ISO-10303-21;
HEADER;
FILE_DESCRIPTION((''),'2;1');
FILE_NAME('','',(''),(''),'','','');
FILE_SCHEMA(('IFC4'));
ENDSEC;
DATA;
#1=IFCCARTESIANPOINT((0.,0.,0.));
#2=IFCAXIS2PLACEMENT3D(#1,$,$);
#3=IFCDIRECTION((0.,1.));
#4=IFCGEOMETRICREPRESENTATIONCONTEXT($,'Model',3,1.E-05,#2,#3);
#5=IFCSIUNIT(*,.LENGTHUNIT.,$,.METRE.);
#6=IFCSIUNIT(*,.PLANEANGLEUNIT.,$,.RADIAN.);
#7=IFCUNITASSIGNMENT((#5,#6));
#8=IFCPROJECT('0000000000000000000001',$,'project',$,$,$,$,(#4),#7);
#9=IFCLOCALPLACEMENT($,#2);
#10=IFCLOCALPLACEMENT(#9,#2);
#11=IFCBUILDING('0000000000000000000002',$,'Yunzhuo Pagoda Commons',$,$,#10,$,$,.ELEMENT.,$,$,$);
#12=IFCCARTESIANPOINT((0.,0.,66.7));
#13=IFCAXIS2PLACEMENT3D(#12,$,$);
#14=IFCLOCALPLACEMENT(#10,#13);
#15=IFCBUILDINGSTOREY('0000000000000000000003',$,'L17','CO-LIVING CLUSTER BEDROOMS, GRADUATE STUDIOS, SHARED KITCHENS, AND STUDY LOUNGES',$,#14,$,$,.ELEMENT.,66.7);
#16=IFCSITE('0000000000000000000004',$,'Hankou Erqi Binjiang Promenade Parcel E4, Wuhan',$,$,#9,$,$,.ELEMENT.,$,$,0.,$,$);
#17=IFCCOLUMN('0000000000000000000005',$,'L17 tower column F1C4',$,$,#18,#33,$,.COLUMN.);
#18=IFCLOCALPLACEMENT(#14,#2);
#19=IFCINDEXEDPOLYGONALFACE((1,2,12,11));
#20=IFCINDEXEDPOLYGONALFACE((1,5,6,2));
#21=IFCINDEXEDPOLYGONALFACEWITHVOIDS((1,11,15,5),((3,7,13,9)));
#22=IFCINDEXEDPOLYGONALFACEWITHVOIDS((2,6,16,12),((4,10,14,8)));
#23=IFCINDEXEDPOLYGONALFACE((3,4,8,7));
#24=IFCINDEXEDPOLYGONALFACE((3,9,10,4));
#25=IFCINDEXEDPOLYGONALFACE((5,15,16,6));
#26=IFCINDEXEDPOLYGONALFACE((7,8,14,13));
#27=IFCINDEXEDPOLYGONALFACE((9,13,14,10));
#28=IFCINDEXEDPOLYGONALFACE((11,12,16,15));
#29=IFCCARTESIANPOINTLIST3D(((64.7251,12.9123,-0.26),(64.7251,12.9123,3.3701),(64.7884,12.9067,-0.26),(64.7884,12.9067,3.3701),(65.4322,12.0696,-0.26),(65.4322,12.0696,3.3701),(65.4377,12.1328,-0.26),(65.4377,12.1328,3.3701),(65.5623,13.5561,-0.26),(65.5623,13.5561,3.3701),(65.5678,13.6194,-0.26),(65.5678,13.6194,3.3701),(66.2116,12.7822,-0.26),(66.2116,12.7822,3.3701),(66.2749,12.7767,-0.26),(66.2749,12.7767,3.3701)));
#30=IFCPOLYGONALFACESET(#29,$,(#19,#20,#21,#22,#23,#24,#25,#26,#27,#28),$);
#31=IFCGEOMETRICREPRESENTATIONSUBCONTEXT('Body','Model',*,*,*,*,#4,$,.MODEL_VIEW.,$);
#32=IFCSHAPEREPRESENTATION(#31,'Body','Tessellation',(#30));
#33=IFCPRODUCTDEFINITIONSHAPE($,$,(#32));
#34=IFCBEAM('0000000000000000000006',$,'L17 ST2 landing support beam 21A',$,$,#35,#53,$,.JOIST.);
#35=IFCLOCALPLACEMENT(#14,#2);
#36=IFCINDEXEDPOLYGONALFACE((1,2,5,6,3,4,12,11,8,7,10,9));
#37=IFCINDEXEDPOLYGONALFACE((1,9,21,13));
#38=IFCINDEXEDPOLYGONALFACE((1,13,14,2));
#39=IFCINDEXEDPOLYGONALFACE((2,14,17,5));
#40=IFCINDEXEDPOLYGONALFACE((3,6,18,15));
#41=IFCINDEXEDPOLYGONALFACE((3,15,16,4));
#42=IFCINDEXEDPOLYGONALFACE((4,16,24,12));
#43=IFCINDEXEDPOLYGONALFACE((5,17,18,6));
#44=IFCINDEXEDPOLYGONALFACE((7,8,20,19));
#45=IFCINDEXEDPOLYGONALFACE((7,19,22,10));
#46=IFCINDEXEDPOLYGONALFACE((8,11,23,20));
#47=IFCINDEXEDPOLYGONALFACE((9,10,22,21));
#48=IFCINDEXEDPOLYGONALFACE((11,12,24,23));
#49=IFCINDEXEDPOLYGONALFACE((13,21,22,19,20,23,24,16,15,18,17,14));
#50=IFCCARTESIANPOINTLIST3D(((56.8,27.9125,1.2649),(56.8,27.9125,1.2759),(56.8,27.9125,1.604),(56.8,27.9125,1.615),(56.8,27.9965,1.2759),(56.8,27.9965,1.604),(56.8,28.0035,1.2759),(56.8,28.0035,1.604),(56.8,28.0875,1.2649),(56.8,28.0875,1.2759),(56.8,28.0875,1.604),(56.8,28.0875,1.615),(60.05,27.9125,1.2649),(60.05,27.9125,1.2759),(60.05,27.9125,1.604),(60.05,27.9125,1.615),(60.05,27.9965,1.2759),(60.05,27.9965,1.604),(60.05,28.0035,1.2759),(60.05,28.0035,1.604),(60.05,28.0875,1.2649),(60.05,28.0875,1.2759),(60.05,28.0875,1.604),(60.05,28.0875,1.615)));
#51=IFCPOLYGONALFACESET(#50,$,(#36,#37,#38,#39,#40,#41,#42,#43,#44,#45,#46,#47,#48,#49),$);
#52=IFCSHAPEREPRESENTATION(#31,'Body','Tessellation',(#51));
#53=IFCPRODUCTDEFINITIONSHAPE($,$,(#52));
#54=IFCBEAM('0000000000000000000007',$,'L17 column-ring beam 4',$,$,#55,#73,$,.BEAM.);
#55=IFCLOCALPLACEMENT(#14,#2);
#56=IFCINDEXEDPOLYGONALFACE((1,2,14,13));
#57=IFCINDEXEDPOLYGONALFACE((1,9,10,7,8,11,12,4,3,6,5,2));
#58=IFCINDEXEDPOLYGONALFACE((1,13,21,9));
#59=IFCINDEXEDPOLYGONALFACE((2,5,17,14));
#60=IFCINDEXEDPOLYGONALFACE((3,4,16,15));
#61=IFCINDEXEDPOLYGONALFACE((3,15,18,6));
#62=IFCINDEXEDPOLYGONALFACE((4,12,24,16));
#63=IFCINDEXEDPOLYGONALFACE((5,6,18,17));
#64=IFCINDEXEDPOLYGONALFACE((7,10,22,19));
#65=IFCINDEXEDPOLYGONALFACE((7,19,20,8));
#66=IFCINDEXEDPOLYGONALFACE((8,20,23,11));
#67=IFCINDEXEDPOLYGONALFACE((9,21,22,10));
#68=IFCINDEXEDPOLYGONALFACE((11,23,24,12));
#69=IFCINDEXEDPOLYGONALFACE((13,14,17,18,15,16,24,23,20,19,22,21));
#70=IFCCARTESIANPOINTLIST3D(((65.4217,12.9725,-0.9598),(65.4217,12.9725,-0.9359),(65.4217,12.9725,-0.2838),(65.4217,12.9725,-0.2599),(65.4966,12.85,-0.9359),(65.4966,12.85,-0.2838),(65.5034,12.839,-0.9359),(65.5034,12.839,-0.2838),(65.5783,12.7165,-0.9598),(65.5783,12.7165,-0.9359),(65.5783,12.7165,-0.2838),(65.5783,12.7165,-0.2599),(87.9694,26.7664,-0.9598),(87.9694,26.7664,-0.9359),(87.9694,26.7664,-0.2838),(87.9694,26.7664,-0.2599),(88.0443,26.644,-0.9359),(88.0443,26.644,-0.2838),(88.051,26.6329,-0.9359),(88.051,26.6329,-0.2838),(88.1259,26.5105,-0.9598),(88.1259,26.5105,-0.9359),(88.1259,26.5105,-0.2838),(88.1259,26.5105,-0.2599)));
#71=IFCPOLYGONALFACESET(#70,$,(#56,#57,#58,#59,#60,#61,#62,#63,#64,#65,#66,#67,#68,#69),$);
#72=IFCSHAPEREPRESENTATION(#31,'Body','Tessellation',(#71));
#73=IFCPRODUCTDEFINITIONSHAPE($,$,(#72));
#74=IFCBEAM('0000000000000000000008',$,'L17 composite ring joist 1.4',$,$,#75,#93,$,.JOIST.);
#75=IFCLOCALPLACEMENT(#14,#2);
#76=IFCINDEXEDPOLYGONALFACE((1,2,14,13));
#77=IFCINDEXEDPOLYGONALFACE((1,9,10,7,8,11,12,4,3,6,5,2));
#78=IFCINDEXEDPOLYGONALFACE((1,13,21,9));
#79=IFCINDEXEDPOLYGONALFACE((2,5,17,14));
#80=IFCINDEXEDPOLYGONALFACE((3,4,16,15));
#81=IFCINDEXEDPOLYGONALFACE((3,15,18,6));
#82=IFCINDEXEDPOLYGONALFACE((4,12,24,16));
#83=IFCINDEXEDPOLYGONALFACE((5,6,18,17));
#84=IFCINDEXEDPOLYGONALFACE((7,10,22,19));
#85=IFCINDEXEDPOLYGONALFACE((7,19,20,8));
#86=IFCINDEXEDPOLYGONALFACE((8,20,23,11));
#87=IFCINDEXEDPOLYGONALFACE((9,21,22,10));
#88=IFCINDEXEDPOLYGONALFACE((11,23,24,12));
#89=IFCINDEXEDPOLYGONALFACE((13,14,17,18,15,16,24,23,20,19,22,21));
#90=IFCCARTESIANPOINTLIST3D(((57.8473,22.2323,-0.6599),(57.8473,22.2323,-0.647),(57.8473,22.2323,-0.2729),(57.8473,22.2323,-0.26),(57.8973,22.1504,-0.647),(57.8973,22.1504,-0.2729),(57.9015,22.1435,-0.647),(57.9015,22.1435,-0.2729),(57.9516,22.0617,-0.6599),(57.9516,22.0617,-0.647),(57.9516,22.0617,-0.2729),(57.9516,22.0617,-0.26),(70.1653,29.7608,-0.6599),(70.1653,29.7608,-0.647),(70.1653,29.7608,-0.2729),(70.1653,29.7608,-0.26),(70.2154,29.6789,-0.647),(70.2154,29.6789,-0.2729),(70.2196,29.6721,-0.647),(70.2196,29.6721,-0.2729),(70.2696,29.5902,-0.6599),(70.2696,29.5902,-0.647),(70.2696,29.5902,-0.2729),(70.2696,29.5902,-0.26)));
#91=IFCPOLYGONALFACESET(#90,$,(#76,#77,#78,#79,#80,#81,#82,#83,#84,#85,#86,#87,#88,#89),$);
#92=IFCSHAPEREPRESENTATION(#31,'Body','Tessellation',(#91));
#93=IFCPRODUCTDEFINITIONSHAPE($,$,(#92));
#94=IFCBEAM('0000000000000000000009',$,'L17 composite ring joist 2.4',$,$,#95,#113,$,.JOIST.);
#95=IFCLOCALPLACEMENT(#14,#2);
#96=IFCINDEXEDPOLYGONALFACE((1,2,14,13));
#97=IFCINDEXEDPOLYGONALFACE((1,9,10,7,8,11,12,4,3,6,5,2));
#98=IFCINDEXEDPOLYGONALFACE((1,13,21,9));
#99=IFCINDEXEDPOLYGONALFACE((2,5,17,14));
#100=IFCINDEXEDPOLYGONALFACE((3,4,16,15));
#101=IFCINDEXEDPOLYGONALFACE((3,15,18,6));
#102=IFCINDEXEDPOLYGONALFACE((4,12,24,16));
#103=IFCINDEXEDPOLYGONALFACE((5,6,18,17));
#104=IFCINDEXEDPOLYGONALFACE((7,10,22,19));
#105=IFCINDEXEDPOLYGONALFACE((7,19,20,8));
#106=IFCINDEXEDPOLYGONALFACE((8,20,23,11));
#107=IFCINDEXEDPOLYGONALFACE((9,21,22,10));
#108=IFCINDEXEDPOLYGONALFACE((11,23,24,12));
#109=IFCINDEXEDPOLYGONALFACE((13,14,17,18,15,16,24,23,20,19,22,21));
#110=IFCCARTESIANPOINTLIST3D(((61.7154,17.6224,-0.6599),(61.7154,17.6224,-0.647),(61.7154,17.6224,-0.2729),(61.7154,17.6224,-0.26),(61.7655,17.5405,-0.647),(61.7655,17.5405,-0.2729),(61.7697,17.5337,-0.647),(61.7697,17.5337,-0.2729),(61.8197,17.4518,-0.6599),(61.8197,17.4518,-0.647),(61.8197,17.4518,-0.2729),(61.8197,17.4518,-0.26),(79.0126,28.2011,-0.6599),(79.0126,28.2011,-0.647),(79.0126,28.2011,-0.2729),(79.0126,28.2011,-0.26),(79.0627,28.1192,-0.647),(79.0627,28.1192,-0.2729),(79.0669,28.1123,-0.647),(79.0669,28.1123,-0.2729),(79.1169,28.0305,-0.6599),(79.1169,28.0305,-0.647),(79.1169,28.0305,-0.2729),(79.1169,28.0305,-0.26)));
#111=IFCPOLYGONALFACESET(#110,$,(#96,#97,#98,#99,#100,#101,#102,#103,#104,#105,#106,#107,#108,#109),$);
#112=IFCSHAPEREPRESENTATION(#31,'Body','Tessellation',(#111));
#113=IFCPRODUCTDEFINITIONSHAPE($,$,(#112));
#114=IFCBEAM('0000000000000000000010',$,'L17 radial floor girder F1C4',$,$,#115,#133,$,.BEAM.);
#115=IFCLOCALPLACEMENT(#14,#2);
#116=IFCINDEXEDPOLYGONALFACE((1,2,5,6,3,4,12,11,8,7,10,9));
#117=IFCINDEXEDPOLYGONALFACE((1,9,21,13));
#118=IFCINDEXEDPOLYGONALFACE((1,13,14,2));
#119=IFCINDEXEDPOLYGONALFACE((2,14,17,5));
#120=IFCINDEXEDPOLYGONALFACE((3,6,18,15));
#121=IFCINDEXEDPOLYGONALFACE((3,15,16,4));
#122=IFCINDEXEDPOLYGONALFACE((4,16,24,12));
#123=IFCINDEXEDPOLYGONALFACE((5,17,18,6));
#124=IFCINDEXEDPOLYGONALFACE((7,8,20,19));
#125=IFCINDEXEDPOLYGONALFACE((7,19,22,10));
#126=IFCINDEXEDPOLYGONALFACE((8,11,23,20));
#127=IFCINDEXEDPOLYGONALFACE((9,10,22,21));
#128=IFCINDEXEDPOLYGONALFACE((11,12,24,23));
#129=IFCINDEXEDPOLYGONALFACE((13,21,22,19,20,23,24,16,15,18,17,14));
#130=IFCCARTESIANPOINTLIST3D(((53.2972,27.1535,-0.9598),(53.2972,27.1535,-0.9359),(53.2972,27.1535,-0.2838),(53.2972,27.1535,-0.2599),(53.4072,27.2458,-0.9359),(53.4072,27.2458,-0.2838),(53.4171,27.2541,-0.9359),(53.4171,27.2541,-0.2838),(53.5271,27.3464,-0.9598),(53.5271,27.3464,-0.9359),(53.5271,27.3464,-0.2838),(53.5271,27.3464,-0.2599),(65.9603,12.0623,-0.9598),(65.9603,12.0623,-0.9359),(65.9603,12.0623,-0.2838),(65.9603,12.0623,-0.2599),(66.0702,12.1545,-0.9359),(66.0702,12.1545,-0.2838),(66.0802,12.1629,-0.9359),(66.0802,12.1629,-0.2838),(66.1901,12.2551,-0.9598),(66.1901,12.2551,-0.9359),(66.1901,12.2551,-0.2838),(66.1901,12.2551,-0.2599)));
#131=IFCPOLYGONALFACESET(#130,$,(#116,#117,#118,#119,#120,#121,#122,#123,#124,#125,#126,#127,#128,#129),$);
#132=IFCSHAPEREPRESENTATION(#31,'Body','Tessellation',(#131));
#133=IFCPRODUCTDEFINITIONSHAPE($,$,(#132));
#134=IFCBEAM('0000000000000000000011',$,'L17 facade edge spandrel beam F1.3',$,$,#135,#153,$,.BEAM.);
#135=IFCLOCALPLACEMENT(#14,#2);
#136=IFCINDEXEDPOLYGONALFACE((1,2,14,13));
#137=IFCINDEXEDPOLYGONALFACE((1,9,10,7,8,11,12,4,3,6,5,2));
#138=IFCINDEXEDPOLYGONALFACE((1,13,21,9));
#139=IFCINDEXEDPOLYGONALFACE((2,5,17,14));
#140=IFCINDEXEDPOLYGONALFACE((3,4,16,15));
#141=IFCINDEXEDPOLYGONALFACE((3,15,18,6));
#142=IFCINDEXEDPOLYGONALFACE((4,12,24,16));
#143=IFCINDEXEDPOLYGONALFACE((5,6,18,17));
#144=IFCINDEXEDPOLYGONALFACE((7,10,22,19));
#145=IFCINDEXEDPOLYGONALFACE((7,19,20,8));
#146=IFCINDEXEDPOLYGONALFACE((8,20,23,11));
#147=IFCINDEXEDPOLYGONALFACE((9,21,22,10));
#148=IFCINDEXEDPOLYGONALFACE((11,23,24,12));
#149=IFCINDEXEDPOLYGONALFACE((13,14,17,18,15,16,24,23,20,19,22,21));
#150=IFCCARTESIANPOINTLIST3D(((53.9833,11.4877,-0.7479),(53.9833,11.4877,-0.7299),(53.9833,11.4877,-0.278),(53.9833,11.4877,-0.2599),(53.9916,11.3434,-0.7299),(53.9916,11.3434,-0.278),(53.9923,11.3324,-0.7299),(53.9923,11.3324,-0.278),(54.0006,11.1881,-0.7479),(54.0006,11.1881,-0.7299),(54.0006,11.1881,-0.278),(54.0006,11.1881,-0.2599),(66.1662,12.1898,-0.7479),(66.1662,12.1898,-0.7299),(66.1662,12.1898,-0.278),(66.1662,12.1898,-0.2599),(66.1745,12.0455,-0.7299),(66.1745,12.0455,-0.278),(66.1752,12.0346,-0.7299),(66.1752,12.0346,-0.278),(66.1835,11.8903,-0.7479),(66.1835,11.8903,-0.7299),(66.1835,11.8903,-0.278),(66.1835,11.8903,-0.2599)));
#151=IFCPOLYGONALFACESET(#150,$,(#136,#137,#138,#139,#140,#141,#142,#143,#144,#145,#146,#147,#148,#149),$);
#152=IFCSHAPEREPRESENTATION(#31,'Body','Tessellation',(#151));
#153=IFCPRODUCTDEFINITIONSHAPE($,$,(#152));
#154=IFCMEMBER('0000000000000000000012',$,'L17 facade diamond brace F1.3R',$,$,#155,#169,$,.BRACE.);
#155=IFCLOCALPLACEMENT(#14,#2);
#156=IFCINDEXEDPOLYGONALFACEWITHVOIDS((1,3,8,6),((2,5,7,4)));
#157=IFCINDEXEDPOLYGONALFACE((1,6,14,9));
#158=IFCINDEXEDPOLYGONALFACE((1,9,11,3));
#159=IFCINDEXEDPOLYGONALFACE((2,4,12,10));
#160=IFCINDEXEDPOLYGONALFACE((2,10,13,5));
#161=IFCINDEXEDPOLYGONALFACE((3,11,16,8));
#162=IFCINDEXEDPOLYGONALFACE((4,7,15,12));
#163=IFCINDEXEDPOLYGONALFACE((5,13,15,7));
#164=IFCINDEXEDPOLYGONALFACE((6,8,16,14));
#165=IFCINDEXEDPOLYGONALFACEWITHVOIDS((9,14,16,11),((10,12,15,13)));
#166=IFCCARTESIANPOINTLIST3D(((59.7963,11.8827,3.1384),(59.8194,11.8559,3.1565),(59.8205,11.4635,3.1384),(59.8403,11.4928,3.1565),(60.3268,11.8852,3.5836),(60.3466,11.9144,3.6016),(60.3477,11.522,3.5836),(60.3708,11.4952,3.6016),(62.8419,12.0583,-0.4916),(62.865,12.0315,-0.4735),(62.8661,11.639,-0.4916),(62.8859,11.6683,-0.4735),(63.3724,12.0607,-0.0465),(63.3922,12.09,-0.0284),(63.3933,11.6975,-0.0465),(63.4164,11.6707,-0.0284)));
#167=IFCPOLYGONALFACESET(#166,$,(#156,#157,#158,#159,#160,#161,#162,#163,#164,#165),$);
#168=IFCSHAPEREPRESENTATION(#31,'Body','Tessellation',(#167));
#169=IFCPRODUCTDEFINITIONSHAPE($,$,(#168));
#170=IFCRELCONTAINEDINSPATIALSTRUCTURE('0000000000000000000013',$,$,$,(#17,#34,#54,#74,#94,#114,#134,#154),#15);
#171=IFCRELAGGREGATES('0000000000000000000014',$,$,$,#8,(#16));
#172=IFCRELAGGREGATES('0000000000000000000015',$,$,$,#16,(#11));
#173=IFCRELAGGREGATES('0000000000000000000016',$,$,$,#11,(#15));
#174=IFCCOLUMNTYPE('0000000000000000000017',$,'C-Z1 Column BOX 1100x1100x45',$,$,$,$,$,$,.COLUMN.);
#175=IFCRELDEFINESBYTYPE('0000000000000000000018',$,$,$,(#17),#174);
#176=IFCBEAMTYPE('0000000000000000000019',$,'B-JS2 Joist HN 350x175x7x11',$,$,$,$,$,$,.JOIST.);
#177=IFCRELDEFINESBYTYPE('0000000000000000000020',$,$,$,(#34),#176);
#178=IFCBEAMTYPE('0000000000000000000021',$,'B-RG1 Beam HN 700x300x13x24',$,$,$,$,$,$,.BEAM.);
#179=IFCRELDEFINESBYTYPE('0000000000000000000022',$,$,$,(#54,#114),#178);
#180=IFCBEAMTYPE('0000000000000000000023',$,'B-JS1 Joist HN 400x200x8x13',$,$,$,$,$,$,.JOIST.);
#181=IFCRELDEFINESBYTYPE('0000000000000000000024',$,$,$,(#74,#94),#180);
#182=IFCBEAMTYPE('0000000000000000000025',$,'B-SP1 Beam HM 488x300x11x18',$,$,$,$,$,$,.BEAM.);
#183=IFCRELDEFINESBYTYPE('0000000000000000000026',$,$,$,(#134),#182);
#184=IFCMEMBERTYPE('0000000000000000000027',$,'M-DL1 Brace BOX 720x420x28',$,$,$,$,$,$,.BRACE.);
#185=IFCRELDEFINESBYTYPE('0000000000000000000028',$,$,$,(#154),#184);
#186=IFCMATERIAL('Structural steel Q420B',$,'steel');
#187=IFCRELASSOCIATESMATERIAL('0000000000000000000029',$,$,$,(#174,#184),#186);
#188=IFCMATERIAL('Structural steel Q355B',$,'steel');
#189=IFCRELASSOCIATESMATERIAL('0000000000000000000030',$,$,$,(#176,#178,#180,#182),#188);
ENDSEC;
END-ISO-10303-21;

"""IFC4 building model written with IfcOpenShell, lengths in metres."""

from ifc_helpers import new_model, si_unit, direction, frame, origin, origin_2d, place, context, subcontext, project, spatial, hollow_rectangle, i_section, extrude, source, transform, mapped, material, material_profile, profile_set, type_object, element, save


model = new_model("IFC4")

# Units and contexts
model_context = context("Model", 3, precision=1e-05, world=origin(), true_north=direction((0.0, 1.0)))
body_context = subcontext(model_context, "Body", "Model", "MODEL_VIEW")
ifc_project = project(units=[si_unit("LENGTHUNIT", "METRE"), si_unit("PLANEANGLEUNIT", "RADIAN")], contexts=[model_context])

# Site, building, storey
site_placement = place(None, origin())
site = spatial("IfcSite", under=ifc_project, at=site_placement, Name="Hankou Erqi Binjiang Promenade Parcel E4, Wuhan", CompositionType="ELEMENT", RefElevation=0.0)
building_placement = place(site_placement, origin())
building = spatial("IfcBuilding", under=site, at=building_placement, Name="Yunzhuo Pagoda Commons", CompositionType="ELEMENT")
storey_placement = place(building_placement, frame((0.0, 0.0, 66.7)))
storey = spatial("IfcBuildingStorey", under=building, at=storey_placement, Name="L17", Description="CO-LIVING CLUSTER BEDROOMS, GRADUATE STUDIOS, SHARED KITCHENS, AND STUDY LOUNGES", CompositionType="ELEMENT", Elevation=66.7)

# Column
ifc_material_1 = material(Name="Structural steel Q420B", Category="steel")
ifc_material_profile_1 = material_profile(ifc_material_1, hollow_rectangle(XDim=1.1001, YDim=1.1001, WallThickness=0.0449, at=origin_2d()), Name="Structural steel Q420B")
ifc_profile_set_1 = profile_set([ifc_material_profile_1], Name="Structural steel Q420B")
column_type = type_object("IfcColumnType", Name="C-Z1 Column BOX 1100x1100x45", PredefinedType="COLUMN", material=ifc_profile_set_1)
shared_shape_1 = source(origin(), body_context, "Body", "SweptSolid", [
    extrude(hollow_rectangle(XDim=1.1001, YDim=1.1001, WallThickness=0.0449, at=origin_2d()), origin(), (0.0, 0.0, 1.0), 3.6301),
])
column_placement = place(storey_placement, frame((65.5, 12.8445, -0.26), z_axis=(0.0, 0.0, 1.0), x_axis=(0.766044, 0.642788, 0.0)))
element("IfcColumn", 1, at=column_placement, inside=storey, type_object=column_type, Name="L17 tower column F1C4", PredefinedType="COLUMN", context=body_context, shape_type="MappedRepresentation", body=[
    mapped(shared_shape_1, transform((0.0, 0.0, 0.0), scale=1.0)),
])

# Beams
ifc_material_2 = material(Name="Structural steel Q355B", Category="steel")
ifc_material_profile_2 = material_profile(ifc_material_2, i_section(OverallWidth=0.175, OverallDepth=0.3501, WebThickness=0.0071, FlangeThickness=0.011, at=origin_2d()), Name="Structural steel Q355B")
ifc_profile_set_2 = profile_set([ifc_material_profile_2], Name="Structural steel Q355B")
beam_type_1 = type_object("IfcBeamType", Name="B-JS2 Joist HN 350x175x7x11", PredefinedType="JOIST", material=ifc_profile_set_2)
shared_shape_2 = source(origin(), body_context, "Body", "SweptSolid", [
    extrude(i_section(OverallWidth=0.175, OverallDepth=0.3501, WebThickness=0.0071, FlangeThickness=0.011, at=origin_2d()), origin(), (0.0, 0.0, 1.0), 3.25),
])
beam_1_placement = place(storey_placement, frame((56.8, 28.0, 1.4399), z_axis=(1.0, 0.0, 0.0), x_axis=(0.0, 1.0, 0.0)))
element("IfcBeam", 2, at=beam_1_placement, inside=storey, type_object=beam_type_1, Name="L17 ST2 landing support beam 21A", PredefinedType="JOIST", context=body_context, shape_type="MappedRepresentation", body=[
    mapped(shared_shape_2, transform((0.0, 0.0, 0.0), scale=1.0)),
])
ifc_material_profile_3 = material_profile(ifc_material_2, i_section(OverallWidth=0.3, OverallDepth=0.7, WebThickness=0.0129, FlangeThickness=0.0239, at=origin_2d()), Name="Structural steel Q355B")
ifc_profile_set_3 = profile_set([ifc_material_profile_3], Name="Structural steel Q355B")
beam_type_2 = type_object("IfcBeamType", Name="B-RG1 Beam HN 700x300x13x24", PredefinedType="BEAM", material=ifc_profile_set_3)
shared_shape_3 = source(origin(), body_context, "Body", "SweptSolid", [
    extrude(i_section(OverallWidth=0.3, OverallDepth=0.7, WebThickness=0.0129, FlangeThickness=0.0239, at=origin_2d()), origin(), (0.0, 0.0, 1.0), 26.4324),
])
beam_2_placement = place(storey_placement, frame((65.5, 12.8445, -0.6099), z_axis=(0.853032, 0.521859, 0.0), x_axis=(-0.521859, 0.853032, 0.0)))
element("IfcBeam", 3, at=beam_2_placement, inside=storey, type_object=beam_type_2, Name="L17 column-ring beam 4", PredefinedType="BEAM", context=body_context, shape_type="MappedRepresentation", body=[
    mapped(shared_shape_3, transform((0.0, 0.0, 0.0), scale=1.0)),
])
ifc_material_profile_4 = material_profile(ifc_material_2, i_section(OverallWidth=0.2, OverallDepth=0.3999, WebThickness=0.0081, FlangeThickness=0.0129, at=origin_2d()), Name="Structural steel Q355B")
ifc_profile_set_4 = profile_set([ifc_material_profile_4], Name="Structural steel Q355B")
beam_type_3 = type_object("IfcBeamType", Name="B-JS1 Joist HN 400x200x8x13", PredefinedType="JOIST", material=ifc_profile_set_4)
shared_shape_4 = source(origin(), body_context, "Body", "SweptSolid", [
    extrude(i_section(OverallWidth=0.2, OverallDepth=0.3999, WebThickness=0.0081, FlangeThickness=0.0129, at=origin_2d()), origin(), (0.0, 0.0, 1.0), 14.4365),
])
beam_3_placement = place(storey_placement, frame((57.8994, 22.147, -0.46), z_axis=(0.853256, 0.521492, 0.0), x_axis=(-0.521492, 0.853256, 0.0)))
element("IfcBeam", 4, at=beam_3_placement, inside=storey, type_object=beam_type_3, Name="L17 composite ring joist 1.4", PredefinedType="JOIST", context=body_context, shape_type="MappedRepresentation", body=[
    mapped(shared_shape_4, transform((0.0, 0.0, 0.0), scale=1.0)),
])
shared_shape_5 = source(origin(), body_context, "Body", "SweptSolid", [
    extrude(i_section(OverallWidth=0.2, OverallDepth=0.3999, WebThickness=0.0081, FlangeThickness=0.0129, at=origin_2d()), origin(), (0.0, 0.0, 1.0), 20.2756),
])
beam_4_placement = place(storey_placement, frame((61.7676, 17.5371, -0.46), z_axis=(0.853103, 0.521743, 0.0), x_axis=(-0.521743, 0.853103, 0.0)))
element("IfcBeam", 5, at=beam_4_placement, inside=storey, type_object=beam_type_3, Name="L17 composite ring joist 2.4", PredefinedType="JOIST", context=body_context, shape_type="MappedRepresentation", body=[
    mapped(shared_shape_5, transform((0.0, 0.0, 0.0), scale=1.0)),
])
shared_shape_6 = source(origin(), body_context, "Body", "SweptSolid", [
    extrude(i_section(OverallWidth=0.3, OverallDepth=0.7, WebThickness=0.0129, FlangeThickness=0.0239, at=origin_2d()), origin(), (0.0, 0.0, 1.0), 19.7002),
])
beam_5_placement = place(storey_placement, frame((66.0752, 12.1587, -0.6099), z_axis=(-0.642787, 0.766045, 0.0), x_axis=(-0.766045, -0.642787, 0.0)))
element("IfcBeam", 6, at=beam_5_placement, inside=storey, type_object=beam_type_2, Name="L17 radial floor girder F1C4", PredefinedType="BEAM", context=body_context, shape_type="MappedRepresentation", body=[
    mapped(shared_shape_6, transform((0.0, 0.0, 0.0), scale=1.0)),
])
ifc_material_profile_5 = material_profile(ifc_material_2, i_section(OverallWidth=0.3, OverallDepth=0.488, WebThickness=0.011, FlangeThickness=0.0181, at=origin_2d()), Name="Structural steel Q355B")
ifc_profile_set_5 = profile_set([ifc_material_profile_5], Name="Structural steel Q355B")
beam_type_4 = type_object("IfcBeamType", Name="B-SP1 Beam HM 488x300x11x18", PredefinedType="BEAM", material=ifc_profile_set_5)
shared_shape_7 = source(origin(), body_context, "Body", "SweptSolid", [
    extrude(i_section(OverallWidth=0.3, OverallDepth=0.488, WebThickness=0.011, FlangeThickness=0.0181, at=origin_2d()), origin(), (0.0, 0.0, 1.0), 12.2031),
])
beam_6_placement = place(storey_placement, frame((53.9919, 11.3379, -0.5039), z_axis=(0.998343, 0.057539, 0.0), x_axis=(-0.057539, 0.998343, 0.0)))
element("IfcBeam", 7, at=beam_6_placement, inside=storey, type_object=beam_type_4, Name="L17 facade edge spandrel beam F1.3", PredefinedType="BEAM", context=body_context, shape_type="MappedRepresentation", body=[
    mapped(shared_shape_7, transform((0.0, 0.0, 0.0), scale=1.0)),
])

# Member
ifc_material_profile_6 = material_profile(ifc_material_1, hollow_rectangle(XDim=0.4199, YDim=0.72, WallThickness=0.0281, at=origin_2d()), Name="Structural steel Q420B")
ifc_profile_set_6 = profile_set([ifc_material_profile_6], Name="Structural steel Q420B")
member_type_1 = type_object("IfcMemberType", Name="M-DL1 Brace BOX 720x420x28", PredefinedType="BRACE", material=ifc_profile_set_6)
shared_shape_8 = source(origin(), body_context, "Body", "SweptSolid", [
    extrude(hollow_rectangle(XDim=0.4199, YDim=0.72, WallThickness=0.0281, at=origin_2d()), origin(), (0.0, 0.0, 1.0), 4.7417),
])
member_1_placement = place(storey_placement, frame((63.1292, 11.8645, -0.26), z_axis=(-0.6423, -0.037019, 0.765559), x_axis=(0.05754, -0.998343, 0.0)))
element("IfcMember", 8, at=member_1_placement, inside=storey, type_object=member_type_1, Name="L17 facade diamond brace F1.3R", PredefinedType="BRACE", context=body_context, shape_type="MappedRepresentation", body=[
    mapped(shared_shape_8, transform((0.0, 0.0, 0.0), scale=1.0)),
])

save(model, "model.ifc")
